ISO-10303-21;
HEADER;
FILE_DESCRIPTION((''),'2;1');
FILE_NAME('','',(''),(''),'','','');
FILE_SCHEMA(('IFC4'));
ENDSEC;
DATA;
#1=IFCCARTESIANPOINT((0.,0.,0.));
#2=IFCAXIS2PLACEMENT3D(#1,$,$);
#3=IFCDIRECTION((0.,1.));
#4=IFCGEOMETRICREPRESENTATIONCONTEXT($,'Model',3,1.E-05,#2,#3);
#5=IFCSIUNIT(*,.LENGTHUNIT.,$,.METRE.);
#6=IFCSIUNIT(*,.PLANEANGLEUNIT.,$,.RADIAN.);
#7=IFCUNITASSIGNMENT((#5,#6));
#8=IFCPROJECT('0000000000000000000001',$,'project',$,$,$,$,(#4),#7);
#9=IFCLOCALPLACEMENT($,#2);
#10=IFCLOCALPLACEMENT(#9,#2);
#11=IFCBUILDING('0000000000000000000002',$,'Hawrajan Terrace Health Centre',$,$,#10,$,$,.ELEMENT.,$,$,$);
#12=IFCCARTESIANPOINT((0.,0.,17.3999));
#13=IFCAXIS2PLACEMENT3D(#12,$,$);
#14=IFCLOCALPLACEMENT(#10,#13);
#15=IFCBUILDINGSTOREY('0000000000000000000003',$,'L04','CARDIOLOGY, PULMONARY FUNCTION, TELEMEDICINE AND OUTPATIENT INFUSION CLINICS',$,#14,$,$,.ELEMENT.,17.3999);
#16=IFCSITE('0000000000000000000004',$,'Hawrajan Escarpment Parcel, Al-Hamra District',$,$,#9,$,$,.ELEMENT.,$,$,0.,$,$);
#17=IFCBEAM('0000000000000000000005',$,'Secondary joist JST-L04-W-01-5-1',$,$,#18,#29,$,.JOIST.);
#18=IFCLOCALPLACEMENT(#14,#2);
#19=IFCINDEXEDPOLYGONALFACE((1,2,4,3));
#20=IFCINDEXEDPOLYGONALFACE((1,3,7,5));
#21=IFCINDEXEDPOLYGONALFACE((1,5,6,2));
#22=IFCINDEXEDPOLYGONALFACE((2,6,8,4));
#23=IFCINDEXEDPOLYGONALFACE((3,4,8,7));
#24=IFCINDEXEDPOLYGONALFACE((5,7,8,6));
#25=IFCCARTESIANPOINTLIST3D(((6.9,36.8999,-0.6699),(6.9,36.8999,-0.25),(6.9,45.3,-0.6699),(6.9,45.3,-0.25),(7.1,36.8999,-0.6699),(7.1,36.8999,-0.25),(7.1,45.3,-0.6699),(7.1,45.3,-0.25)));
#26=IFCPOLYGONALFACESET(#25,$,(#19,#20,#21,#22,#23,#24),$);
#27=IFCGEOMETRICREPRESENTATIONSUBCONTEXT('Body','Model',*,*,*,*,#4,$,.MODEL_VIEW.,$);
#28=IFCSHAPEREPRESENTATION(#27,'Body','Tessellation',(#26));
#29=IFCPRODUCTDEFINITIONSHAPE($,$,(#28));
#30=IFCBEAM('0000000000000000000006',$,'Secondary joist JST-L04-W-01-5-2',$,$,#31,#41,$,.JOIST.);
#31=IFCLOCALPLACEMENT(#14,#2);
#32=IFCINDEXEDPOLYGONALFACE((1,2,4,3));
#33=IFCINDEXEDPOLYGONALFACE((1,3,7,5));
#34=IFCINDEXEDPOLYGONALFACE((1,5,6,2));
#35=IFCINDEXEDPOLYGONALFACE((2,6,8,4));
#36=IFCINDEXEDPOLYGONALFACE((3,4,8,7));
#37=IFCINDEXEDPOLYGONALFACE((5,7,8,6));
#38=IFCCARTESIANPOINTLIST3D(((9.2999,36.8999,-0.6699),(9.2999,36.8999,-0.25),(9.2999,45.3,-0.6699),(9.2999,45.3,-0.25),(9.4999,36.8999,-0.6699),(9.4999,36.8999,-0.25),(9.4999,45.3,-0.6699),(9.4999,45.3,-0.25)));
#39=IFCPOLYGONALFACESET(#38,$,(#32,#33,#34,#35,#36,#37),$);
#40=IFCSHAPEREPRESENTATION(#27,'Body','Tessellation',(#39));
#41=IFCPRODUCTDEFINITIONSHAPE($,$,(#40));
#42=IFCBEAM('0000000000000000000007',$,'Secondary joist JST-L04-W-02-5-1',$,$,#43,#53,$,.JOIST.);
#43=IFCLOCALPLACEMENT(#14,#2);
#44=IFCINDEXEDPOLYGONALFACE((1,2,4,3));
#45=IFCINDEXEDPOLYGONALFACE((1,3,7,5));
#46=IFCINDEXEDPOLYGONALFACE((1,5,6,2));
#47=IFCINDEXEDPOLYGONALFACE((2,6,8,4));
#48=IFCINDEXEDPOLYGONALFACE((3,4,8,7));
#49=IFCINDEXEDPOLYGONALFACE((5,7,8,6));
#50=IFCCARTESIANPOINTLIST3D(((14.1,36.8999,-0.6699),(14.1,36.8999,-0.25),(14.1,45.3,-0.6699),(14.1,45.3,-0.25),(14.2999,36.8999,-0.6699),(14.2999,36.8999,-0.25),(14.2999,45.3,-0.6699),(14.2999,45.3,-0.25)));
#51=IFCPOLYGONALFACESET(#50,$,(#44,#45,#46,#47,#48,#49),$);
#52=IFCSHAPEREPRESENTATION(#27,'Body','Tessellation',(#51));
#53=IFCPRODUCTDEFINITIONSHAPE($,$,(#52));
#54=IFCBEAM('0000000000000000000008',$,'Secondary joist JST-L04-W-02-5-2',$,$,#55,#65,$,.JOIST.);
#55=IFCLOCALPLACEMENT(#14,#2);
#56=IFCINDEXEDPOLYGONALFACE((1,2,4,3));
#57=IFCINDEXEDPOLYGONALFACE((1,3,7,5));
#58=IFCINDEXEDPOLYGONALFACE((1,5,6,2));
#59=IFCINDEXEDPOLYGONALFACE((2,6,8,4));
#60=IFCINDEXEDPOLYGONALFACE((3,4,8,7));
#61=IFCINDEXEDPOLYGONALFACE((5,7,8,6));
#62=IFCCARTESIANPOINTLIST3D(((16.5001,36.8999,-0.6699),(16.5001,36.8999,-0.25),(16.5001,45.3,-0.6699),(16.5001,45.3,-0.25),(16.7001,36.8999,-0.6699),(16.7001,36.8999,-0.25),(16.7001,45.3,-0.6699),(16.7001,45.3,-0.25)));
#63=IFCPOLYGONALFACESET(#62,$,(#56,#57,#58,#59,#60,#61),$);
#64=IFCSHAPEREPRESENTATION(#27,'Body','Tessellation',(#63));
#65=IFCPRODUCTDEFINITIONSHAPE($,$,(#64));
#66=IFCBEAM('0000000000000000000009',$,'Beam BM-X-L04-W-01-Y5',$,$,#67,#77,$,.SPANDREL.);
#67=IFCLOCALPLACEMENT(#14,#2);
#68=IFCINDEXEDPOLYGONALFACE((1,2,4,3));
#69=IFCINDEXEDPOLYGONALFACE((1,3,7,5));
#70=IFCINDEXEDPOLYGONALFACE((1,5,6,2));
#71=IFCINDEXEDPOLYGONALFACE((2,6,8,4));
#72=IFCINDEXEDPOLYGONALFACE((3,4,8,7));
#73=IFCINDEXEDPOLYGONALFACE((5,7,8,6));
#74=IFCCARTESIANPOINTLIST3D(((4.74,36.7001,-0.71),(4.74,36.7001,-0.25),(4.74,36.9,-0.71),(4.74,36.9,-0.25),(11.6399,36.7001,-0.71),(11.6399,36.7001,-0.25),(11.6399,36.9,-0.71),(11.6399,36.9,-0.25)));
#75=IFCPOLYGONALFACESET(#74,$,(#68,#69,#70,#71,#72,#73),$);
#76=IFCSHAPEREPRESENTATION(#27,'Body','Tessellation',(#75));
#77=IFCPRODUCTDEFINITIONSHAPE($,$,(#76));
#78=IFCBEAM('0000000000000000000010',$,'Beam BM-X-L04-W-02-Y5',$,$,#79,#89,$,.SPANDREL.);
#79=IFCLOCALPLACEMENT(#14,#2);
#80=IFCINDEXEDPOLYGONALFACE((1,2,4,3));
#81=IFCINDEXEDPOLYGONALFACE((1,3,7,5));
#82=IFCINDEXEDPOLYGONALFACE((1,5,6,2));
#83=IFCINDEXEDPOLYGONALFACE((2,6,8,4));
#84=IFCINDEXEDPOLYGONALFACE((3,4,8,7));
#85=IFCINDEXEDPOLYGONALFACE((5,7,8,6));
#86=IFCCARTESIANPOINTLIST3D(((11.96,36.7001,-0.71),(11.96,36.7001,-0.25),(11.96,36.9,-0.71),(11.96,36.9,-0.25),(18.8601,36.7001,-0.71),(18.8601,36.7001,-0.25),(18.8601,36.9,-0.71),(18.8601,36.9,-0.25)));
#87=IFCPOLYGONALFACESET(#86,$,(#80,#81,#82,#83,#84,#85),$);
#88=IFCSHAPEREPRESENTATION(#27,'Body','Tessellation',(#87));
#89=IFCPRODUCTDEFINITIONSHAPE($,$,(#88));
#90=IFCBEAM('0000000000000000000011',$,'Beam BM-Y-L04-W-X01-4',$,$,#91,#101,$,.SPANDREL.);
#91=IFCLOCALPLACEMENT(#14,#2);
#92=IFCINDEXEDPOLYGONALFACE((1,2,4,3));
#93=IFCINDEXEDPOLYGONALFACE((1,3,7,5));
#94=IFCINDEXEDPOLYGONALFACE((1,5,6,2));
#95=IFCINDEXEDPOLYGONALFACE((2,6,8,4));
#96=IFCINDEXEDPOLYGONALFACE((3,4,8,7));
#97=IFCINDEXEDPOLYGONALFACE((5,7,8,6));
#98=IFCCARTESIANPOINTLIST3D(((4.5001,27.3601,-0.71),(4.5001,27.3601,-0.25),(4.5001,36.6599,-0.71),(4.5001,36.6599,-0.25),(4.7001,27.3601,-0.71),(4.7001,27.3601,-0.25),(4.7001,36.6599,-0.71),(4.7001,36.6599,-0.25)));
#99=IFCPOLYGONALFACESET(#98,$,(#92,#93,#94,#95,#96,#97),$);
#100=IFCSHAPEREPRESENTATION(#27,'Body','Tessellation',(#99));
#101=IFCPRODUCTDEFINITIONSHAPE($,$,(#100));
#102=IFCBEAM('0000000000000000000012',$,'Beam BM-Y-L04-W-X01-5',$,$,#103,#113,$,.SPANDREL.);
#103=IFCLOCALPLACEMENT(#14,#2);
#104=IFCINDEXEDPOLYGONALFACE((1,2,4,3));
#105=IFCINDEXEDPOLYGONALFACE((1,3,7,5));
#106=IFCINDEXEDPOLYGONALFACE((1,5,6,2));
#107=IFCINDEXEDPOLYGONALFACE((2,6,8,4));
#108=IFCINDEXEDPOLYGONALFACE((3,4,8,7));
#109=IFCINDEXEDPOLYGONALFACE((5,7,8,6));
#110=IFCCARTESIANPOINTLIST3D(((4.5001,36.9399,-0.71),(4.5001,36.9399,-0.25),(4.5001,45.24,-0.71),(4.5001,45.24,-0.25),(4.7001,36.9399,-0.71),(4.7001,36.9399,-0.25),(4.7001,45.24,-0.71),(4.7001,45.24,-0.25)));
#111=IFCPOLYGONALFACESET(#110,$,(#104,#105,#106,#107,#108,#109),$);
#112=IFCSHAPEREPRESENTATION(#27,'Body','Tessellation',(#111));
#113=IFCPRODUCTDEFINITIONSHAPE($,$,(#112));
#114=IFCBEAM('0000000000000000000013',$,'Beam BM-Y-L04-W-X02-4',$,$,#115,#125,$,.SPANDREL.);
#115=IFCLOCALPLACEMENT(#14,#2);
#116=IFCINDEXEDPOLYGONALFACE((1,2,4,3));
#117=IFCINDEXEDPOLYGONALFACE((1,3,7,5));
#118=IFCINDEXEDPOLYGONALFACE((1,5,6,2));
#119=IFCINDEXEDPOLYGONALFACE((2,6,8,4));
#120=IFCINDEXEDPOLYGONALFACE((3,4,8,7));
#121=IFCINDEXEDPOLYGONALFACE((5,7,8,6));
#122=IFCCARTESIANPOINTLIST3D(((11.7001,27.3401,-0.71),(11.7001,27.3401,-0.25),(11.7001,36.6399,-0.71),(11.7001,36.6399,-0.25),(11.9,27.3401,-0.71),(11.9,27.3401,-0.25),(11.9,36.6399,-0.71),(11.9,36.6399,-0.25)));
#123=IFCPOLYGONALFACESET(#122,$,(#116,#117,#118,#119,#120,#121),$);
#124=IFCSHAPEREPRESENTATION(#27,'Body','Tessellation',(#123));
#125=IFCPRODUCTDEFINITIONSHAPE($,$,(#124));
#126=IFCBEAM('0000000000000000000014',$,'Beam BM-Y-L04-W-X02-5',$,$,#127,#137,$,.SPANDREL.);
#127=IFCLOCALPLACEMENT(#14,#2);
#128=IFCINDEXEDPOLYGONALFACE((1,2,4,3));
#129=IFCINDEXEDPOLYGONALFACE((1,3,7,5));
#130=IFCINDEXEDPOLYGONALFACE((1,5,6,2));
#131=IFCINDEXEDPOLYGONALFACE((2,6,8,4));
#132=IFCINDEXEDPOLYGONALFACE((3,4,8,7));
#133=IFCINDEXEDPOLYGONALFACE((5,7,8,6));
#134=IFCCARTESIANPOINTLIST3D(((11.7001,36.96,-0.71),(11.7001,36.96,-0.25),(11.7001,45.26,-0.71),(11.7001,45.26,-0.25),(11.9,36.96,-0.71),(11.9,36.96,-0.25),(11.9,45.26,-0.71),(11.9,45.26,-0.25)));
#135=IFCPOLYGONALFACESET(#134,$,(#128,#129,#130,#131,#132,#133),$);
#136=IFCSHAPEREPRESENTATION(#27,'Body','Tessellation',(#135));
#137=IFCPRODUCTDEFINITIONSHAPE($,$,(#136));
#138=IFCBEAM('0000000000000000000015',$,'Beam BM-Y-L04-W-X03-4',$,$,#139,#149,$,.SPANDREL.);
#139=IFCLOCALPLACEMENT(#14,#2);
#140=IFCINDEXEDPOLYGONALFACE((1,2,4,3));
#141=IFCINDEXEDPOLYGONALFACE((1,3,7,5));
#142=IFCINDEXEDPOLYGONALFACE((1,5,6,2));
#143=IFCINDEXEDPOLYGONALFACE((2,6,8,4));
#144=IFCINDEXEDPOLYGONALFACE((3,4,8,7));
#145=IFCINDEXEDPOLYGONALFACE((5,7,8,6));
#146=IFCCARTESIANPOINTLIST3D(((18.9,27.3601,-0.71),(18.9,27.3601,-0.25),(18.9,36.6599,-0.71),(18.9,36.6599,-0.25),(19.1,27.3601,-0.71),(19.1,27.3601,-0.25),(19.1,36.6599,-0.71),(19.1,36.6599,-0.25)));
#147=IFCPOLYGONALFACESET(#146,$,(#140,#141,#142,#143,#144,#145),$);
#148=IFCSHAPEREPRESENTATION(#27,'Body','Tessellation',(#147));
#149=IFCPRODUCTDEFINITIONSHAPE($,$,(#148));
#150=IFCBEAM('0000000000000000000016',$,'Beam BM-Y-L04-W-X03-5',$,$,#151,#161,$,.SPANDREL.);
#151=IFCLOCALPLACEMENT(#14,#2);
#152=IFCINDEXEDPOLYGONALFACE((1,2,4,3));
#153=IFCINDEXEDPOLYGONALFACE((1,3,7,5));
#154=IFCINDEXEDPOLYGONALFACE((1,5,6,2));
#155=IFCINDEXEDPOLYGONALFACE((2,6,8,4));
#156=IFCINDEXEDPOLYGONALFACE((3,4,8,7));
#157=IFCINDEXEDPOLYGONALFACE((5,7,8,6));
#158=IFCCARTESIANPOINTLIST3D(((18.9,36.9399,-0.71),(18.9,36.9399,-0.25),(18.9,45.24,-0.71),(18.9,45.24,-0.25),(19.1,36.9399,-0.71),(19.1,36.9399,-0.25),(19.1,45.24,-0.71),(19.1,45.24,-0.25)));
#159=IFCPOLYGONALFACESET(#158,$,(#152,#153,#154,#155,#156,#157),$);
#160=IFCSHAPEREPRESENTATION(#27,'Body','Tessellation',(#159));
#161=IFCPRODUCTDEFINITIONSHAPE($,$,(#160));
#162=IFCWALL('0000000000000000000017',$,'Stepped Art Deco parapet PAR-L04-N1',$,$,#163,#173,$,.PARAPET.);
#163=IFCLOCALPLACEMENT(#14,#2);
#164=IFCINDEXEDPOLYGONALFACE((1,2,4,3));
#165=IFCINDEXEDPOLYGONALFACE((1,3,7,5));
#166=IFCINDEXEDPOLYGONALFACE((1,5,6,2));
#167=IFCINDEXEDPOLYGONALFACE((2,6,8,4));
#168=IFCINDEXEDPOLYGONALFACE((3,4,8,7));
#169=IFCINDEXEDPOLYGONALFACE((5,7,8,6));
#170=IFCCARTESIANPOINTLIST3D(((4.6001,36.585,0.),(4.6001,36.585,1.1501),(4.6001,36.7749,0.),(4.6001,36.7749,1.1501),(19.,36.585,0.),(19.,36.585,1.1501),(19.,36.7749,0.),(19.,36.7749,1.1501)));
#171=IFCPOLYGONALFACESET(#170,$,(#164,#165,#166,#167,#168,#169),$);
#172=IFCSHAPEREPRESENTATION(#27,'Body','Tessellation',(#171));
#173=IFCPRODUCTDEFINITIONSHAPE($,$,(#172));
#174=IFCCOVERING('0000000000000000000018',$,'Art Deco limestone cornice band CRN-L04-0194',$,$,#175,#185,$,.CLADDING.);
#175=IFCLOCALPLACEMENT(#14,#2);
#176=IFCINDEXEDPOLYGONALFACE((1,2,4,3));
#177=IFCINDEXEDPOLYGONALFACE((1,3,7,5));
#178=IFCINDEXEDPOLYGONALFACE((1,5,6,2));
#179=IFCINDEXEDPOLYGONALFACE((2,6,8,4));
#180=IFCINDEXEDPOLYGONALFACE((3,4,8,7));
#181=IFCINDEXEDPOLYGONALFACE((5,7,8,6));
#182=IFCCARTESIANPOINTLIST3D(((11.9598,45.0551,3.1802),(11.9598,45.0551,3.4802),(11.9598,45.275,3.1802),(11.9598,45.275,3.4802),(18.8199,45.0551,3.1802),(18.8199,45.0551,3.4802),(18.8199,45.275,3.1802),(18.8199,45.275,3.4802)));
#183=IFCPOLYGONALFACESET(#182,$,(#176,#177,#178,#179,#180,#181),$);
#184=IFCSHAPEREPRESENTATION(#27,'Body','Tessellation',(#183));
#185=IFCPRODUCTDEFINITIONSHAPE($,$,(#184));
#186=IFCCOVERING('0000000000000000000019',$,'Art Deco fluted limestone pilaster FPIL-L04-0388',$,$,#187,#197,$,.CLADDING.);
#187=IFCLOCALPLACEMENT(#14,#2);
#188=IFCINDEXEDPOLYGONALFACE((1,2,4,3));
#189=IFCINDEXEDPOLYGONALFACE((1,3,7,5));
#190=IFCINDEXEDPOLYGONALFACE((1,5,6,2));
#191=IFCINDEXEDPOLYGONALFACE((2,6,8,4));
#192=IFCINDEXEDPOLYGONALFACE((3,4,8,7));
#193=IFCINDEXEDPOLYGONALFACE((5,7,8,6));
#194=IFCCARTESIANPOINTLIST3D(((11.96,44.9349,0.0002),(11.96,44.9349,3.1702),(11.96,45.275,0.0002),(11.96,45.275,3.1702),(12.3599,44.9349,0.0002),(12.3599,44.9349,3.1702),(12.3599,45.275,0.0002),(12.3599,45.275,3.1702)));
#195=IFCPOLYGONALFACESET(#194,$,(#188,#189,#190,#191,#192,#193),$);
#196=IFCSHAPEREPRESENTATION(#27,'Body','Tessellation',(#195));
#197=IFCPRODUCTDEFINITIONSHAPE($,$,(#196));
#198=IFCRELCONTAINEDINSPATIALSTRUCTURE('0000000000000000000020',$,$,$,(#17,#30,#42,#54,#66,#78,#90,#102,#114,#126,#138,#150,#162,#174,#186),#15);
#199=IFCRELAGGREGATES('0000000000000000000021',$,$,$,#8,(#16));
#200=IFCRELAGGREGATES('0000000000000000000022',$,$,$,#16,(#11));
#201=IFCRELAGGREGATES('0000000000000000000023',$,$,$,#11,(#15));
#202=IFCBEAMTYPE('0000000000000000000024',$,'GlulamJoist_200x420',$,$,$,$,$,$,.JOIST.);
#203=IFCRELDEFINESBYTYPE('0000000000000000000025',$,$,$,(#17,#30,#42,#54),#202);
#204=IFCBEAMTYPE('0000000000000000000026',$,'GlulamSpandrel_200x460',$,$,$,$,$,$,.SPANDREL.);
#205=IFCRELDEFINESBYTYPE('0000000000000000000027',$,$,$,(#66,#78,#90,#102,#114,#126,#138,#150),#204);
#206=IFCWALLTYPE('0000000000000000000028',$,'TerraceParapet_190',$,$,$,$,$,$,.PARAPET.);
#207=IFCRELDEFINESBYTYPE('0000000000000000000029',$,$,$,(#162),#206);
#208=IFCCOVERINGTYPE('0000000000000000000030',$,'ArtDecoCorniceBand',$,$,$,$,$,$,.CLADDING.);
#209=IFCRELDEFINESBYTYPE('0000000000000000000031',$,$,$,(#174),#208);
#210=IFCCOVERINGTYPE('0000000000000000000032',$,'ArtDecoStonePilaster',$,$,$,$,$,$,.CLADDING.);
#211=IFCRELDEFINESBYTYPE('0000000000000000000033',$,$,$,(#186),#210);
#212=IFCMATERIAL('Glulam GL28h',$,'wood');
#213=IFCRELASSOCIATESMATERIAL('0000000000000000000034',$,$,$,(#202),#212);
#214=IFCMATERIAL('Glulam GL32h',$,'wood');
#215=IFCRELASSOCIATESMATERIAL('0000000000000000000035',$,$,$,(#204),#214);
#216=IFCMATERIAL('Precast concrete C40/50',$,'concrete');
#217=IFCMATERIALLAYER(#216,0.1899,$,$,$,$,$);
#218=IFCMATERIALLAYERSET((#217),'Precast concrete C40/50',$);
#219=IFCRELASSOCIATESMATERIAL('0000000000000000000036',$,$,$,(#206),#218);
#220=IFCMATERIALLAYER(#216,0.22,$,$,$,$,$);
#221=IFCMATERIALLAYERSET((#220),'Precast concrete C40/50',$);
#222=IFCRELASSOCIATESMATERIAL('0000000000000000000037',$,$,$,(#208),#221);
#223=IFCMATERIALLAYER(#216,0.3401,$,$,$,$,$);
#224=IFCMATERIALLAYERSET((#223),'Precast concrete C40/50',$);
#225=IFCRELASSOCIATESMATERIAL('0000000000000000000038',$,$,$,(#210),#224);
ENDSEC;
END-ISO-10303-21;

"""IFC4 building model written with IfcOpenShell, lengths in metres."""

from ifc_helpers import new_model, si_unit, direction, frame, frame_2d, origin, origin_2d, place, context, subcontext, project, spatial, rectangle, extrude, material, layer, layer_set, material_profile, profile_set, type_object, element, save


model = new_model("IFC4")

# Units and contexts
model_context = context("Model", 3, precision=1e-05, world=origin(), true_north=direction((0.0, 1.0)))
body_context = subcontext(model_context, "Body", "Model", "MODEL_VIEW")
ifc_project = project(units=[si_unit("LENGTHUNIT", "METRE"), si_unit("PLANEANGLEUNIT", "RADIAN")], contexts=[model_context])

# Site, building, storey
site_placement = place(None, origin())
site = spatial("IfcSite", under=ifc_project, at=site_placement, Name="Hawrajan Escarpment Parcel, Al-Hamra District", CompositionType="ELEMENT", RefElevation=0.0)
building_placement = place(site_placement, origin())
building = spatial("IfcBuilding", under=site, at=building_placement, Name="Hawrajan Terrace Health Centre", CompositionType="ELEMENT")
storey_placement = place(building_placement, frame((0.0, 0.0, 17.3999)))
storey = spatial("IfcBuildingStorey", under=building, at=storey_placement, Name="L04", Description="CARDIOLOGY, PULMONARY FUNCTION, TELEMEDICINE AND OUTPATIENT INFUSION CLINICS", CompositionType="ELEMENT", Elevation=17.3999)

# Beams
ifc_material_1 = material(Name="Glulam GL28h", Category="wood")
ifc_material_profile_1 = material_profile(ifc_material_1, rectangle(XDim=0.2, YDim=0.4199, at=origin_2d()), Name="GL JST 200x420")
ifc_profile_set_1 = profile_set([ifc_material_profile_1], Name="Glulam GL28h")
beam_type_1 = type_object("IfcBeamType", Name="GlulamJoist_200x420", PredefinedType="JOIST", material=ifc_profile_set_1)
for number, where, z_axis, x_axis, name in (
    (1, (7.0, 36.8999, -0.46), (0.0, 1.0, 0.0), (-1.0, 0.0, 0.0), "Secondary joist JST-L04-W-01-5-1"),
    (2, (9.3999, 36.8999, -0.46), (0.0, 1.0, 0.0), (-1.0, 0.0, 0.0), "Secondary joist JST-L04-W-01-5-2"),
    (3, (14.2, 36.8999, -0.46), (0.0, 1.0, 0.0), (-1.0, 0.0, 0.0), "Secondary joist JST-L04-W-02-5-1"),
    (4, (16.6001, 36.8999, -0.46), (0.0, 1.0, 0.0), (-1.0, 0.0, 0.0), "Secondary joist JST-L04-W-02-5-2"),
):
    element("IfcBeam", number, at=place(storey_placement, frame(where, z_axis=z_axis, x_axis=x_axis)), inside=storey, type_object=beam_type_1, Name=name, PredefinedType="JOIST", context=body_context, shape_type="SweptSolid", body=[
        extrude(rectangle(XDim=0.2, YDim=0.4199, at=origin_2d()), origin(), (0.0, 0.0, 1.0), 8.4001),
    ])
ifc_material_2 = material(Name="Glulam GL32h", Category="wood")
ifc_material_profile_2 = material_profile(ifc_material_2, rectangle(XDim=0.2, YDim=0.46, at=origin_2d()), Name="GL SP 200x460")
ifc_profile_set_2 = profile_set([ifc_material_profile_2], Name="Glulam GL32h")
beam_type_2 = type_object("IfcBeamType", Name="GlulamSpandrel_200x460", PredefinedType="SPANDREL", material=ifc_profile_set_2)
beam_1_placement = place(storey_placement, frame((4.74, 36.8, -0.48), z_axis=(1.0, 0.0, 0.0), x_axis=(0.0, 1.0, 0.0)))
element("IfcBeam", 5, at=beam_1_placement, inside=storey, type_object=beam_type_2, Name="Beam BM-X-L04-W-01-Y5", PredefinedType="SPANDREL", context=body_context, shape_type="SweptSolid", body=[
    extrude(rectangle(XDim=0.2, YDim=0.46, at=origin_2d()), origin(), (0.0, 0.0, 1.0), 6.8999),
])
beam_2_placement = place(storey_placement, frame((11.96, 36.8, -0.48), z_axis=(1.0, 0.0, 0.0), x_axis=(0.0, 1.0, 0.0)))
element("IfcBeam", 6, at=beam_2_placement, inside=storey, type_object=beam_type_2, Name="Beam BM-X-L04-W-02-Y5", PredefinedType="SPANDREL", context=body_context, shape_type="SweptSolid", body=[
    extrude(rectangle(XDim=0.2, YDim=0.46, at=origin_2d()), origin(), (0.0, 0.0, 1.0), 6.9001),
])
beam_3_placement = place(storey_placement, frame((4.6001, 27.3601, -0.48), z_axis=(0.0, 1.0, 0.0), x_axis=(-1.0, 0.0, 0.0)))
element("IfcBeam", 7, at=beam_3_placement, inside=storey, type_object=beam_type_2, Name="Beam BM-Y-L04-W-X01-4", PredefinedType="SPANDREL", context=body_context, shape_type="SweptSolid", body=[
    extrude(rectangle(XDim=0.2, YDim=0.46, at=origin_2d()), origin(), (0.0, 0.0, 1.0), 9.2998),
])
beam_4_placement = place(storey_placement, frame((4.6001, 36.9399, -0.48), z_axis=(0.0, 1.0, 0.0), x_axis=(-1.0, 0.0, 0.0)))
element("IfcBeam", 8, at=beam_4_placement, inside=storey, type_object=beam_type_2, Name="Beam BM-Y-L04-W-X01-5", PredefinedType="SPANDREL", context=body_context, shape_type="SweptSolid", body=[
    extrude(rectangle(XDim=0.2, YDim=0.46, at=origin_2d()), origin(), (0.0, 0.0, 1.0), 8.3),
])
beam_5_placement = place(storey_placement, frame((11.8, 27.3401, -0.48), z_axis=(0.0, 1.0, 0.0), x_axis=(-1.0, 0.0, 0.0)))
element("IfcBeam", 9, at=beam_5_placement, inside=storey, type_object=beam_type_2, Name="Beam BM-Y-L04-W-X02-4", PredefinedType="SPANDREL", context=body_context, shape_type="SweptSolid", body=[
    extrude(rectangle(XDim=0.2, YDim=0.46, at=origin_2d()), origin(), (0.0, 0.0, 1.0), 9.2998),
])
beam_6_placement = place(storey_placement, frame((11.8, 36.96, -0.48), z_axis=(0.0, 1.0, 0.0), x_axis=(-1.0, 0.0, 0.0)))
element("IfcBeam", 10, at=beam_6_placement, inside=storey, type_object=beam_type_2, Name="Beam BM-Y-L04-W-X02-5", PredefinedType="SPANDREL", context=body_context, shape_type="SweptSolid", body=[
    extrude(rectangle(XDim=0.2, YDim=0.46, at=origin_2d()), origin(), (0.0, 0.0, 1.0), 8.3),
])
beam_7_placement = place(storey_placement, frame((19.0, 27.3601, -0.48), z_axis=(0.0, 1.0, 0.0), x_axis=(-1.0, 0.0, 0.0)))
element("IfcBeam", 11, at=beam_7_placement, inside=storey, type_object=beam_type_2, Name="Beam BM-Y-L04-W-X03-4", PredefinedType="SPANDREL", context=body_context, shape_type="SweptSolid", body=[
    extrude(rectangle(XDim=0.2, YDim=0.46, at=origin_2d()), origin(), (0.0, 0.0, 1.0), 9.2998),
])
beam_8_placement = place(storey_placement, frame((19.0, 36.9399, -0.48), z_axis=(0.0, 1.0, 0.0), x_axis=(-1.0, 0.0, 0.0)))
element("IfcBeam", 12, at=beam_8_placement, inside=storey, type_object=beam_type_2, Name="Beam BM-Y-L04-W-X03-5", PredefinedType="SPANDREL", context=body_context, shape_type="SweptSolid", body=[
    extrude(rectangle(XDim=0.2, YDim=0.46, at=origin_2d()), origin(), (0.0, 0.0, 1.0), 8.3),
])

# Wall
ifc_material_3 = material(Name="Precast concrete C40/50", Category="concrete")
ifc_layer_1 = layer(ifc_material_3, 0.1899)
ifc_layer_set_1 = layer_set([ifc_layer_1], Name="Precast concrete C40/50")
wall_type = type_object("IfcWallType", Name="TerraceParapet_190", PredefinedType="PARAPET", material=ifc_layer_set_1)
wall_placement = place(storey_placement, frame((4.6001, 36.6799, 0.0), z_axis=(0.0, 0.0, 1.0), x_axis=(1.0, 0.0, 0.0)))
element("IfcWall", 13, at=wall_placement, inside=storey, type_object=wall_type, Name="Stepped Art Deco parapet PAR-L04-N1", PredefinedType="PARAPET", context=body_context, shape_type="SweptSolid", body=[
    extrude(rectangle(XDim=14.3999, YDim=0.1899, at=frame_2d((7.2, 0.0))), origin(), (0.0, 0.0, 1.0), 1.1501),
])

# Coverings
ifc_layer_2 = layer(ifc_material_3, 0.22)
ifc_layer_set_2 = layer_set([ifc_layer_2], Name="Precast concrete C40/50")
covering_type_1 = type_object("IfcCoveringType", Name="ArtDecoCorniceBand", PredefinedType="CLADDING", material=ifc_layer_set_2)
covering_placement = place(storey_placement, frame((15.3899, 45.165, 3.1802), z_axis=(0.0, 0.0, 1.0), x_axis=(1.0, 0.0, 0.0)))
element("IfcCovering", 14, at=covering_placement, inside=storey, type_object=covering_type_1, Name="Art Deco limestone cornice band CRN-L04-0194", PredefinedType="CLADDING", context=body_context, shape_type="SweptSolid", body=[
    extrude(rectangle(XDim=6.8601, YDim=0.22, at=origin_2d()), origin(), (0.0, 0.0, 1.0), 0.3),
])
ifc_layer_3 = layer(ifc_material_3, 0.3401)
ifc_layer_set_3 = layer_set([ifc_layer_3], Name="Precast concrete C40/50")
covering_type_2 = type_object("IfcCoveringType", Name="ArtDecoStonePilaster", PredefinedType="CLADDING", material=ifc_layer_set_3)
for number, where, z_axis, x_axis, name in (
    (15, (12.1599, 45.105, 0.0002), (0.0, 0.0, 1.0), (1.0, 0.0, 0.0), "Art Deco fluted limestone pilaster FPIL-L04-0388"),
):
    element("IfcCovering", number, at=place(storey_placement, frame(where, z_axis=z_axis, x_axis=x_axis)), inside=storey, type_object=covering_type_2, Name=name, PredefinedType="CLADDING", context=body_context, shape_type="SweptSolid", body=[
        extrude(rectangle(XDim=0.3999, YDim=0.3401, at=origin_2d()), origin(), (0.0, 0.0, 1.0), 3.1699),
    ])

save(model, "model.ifc")
